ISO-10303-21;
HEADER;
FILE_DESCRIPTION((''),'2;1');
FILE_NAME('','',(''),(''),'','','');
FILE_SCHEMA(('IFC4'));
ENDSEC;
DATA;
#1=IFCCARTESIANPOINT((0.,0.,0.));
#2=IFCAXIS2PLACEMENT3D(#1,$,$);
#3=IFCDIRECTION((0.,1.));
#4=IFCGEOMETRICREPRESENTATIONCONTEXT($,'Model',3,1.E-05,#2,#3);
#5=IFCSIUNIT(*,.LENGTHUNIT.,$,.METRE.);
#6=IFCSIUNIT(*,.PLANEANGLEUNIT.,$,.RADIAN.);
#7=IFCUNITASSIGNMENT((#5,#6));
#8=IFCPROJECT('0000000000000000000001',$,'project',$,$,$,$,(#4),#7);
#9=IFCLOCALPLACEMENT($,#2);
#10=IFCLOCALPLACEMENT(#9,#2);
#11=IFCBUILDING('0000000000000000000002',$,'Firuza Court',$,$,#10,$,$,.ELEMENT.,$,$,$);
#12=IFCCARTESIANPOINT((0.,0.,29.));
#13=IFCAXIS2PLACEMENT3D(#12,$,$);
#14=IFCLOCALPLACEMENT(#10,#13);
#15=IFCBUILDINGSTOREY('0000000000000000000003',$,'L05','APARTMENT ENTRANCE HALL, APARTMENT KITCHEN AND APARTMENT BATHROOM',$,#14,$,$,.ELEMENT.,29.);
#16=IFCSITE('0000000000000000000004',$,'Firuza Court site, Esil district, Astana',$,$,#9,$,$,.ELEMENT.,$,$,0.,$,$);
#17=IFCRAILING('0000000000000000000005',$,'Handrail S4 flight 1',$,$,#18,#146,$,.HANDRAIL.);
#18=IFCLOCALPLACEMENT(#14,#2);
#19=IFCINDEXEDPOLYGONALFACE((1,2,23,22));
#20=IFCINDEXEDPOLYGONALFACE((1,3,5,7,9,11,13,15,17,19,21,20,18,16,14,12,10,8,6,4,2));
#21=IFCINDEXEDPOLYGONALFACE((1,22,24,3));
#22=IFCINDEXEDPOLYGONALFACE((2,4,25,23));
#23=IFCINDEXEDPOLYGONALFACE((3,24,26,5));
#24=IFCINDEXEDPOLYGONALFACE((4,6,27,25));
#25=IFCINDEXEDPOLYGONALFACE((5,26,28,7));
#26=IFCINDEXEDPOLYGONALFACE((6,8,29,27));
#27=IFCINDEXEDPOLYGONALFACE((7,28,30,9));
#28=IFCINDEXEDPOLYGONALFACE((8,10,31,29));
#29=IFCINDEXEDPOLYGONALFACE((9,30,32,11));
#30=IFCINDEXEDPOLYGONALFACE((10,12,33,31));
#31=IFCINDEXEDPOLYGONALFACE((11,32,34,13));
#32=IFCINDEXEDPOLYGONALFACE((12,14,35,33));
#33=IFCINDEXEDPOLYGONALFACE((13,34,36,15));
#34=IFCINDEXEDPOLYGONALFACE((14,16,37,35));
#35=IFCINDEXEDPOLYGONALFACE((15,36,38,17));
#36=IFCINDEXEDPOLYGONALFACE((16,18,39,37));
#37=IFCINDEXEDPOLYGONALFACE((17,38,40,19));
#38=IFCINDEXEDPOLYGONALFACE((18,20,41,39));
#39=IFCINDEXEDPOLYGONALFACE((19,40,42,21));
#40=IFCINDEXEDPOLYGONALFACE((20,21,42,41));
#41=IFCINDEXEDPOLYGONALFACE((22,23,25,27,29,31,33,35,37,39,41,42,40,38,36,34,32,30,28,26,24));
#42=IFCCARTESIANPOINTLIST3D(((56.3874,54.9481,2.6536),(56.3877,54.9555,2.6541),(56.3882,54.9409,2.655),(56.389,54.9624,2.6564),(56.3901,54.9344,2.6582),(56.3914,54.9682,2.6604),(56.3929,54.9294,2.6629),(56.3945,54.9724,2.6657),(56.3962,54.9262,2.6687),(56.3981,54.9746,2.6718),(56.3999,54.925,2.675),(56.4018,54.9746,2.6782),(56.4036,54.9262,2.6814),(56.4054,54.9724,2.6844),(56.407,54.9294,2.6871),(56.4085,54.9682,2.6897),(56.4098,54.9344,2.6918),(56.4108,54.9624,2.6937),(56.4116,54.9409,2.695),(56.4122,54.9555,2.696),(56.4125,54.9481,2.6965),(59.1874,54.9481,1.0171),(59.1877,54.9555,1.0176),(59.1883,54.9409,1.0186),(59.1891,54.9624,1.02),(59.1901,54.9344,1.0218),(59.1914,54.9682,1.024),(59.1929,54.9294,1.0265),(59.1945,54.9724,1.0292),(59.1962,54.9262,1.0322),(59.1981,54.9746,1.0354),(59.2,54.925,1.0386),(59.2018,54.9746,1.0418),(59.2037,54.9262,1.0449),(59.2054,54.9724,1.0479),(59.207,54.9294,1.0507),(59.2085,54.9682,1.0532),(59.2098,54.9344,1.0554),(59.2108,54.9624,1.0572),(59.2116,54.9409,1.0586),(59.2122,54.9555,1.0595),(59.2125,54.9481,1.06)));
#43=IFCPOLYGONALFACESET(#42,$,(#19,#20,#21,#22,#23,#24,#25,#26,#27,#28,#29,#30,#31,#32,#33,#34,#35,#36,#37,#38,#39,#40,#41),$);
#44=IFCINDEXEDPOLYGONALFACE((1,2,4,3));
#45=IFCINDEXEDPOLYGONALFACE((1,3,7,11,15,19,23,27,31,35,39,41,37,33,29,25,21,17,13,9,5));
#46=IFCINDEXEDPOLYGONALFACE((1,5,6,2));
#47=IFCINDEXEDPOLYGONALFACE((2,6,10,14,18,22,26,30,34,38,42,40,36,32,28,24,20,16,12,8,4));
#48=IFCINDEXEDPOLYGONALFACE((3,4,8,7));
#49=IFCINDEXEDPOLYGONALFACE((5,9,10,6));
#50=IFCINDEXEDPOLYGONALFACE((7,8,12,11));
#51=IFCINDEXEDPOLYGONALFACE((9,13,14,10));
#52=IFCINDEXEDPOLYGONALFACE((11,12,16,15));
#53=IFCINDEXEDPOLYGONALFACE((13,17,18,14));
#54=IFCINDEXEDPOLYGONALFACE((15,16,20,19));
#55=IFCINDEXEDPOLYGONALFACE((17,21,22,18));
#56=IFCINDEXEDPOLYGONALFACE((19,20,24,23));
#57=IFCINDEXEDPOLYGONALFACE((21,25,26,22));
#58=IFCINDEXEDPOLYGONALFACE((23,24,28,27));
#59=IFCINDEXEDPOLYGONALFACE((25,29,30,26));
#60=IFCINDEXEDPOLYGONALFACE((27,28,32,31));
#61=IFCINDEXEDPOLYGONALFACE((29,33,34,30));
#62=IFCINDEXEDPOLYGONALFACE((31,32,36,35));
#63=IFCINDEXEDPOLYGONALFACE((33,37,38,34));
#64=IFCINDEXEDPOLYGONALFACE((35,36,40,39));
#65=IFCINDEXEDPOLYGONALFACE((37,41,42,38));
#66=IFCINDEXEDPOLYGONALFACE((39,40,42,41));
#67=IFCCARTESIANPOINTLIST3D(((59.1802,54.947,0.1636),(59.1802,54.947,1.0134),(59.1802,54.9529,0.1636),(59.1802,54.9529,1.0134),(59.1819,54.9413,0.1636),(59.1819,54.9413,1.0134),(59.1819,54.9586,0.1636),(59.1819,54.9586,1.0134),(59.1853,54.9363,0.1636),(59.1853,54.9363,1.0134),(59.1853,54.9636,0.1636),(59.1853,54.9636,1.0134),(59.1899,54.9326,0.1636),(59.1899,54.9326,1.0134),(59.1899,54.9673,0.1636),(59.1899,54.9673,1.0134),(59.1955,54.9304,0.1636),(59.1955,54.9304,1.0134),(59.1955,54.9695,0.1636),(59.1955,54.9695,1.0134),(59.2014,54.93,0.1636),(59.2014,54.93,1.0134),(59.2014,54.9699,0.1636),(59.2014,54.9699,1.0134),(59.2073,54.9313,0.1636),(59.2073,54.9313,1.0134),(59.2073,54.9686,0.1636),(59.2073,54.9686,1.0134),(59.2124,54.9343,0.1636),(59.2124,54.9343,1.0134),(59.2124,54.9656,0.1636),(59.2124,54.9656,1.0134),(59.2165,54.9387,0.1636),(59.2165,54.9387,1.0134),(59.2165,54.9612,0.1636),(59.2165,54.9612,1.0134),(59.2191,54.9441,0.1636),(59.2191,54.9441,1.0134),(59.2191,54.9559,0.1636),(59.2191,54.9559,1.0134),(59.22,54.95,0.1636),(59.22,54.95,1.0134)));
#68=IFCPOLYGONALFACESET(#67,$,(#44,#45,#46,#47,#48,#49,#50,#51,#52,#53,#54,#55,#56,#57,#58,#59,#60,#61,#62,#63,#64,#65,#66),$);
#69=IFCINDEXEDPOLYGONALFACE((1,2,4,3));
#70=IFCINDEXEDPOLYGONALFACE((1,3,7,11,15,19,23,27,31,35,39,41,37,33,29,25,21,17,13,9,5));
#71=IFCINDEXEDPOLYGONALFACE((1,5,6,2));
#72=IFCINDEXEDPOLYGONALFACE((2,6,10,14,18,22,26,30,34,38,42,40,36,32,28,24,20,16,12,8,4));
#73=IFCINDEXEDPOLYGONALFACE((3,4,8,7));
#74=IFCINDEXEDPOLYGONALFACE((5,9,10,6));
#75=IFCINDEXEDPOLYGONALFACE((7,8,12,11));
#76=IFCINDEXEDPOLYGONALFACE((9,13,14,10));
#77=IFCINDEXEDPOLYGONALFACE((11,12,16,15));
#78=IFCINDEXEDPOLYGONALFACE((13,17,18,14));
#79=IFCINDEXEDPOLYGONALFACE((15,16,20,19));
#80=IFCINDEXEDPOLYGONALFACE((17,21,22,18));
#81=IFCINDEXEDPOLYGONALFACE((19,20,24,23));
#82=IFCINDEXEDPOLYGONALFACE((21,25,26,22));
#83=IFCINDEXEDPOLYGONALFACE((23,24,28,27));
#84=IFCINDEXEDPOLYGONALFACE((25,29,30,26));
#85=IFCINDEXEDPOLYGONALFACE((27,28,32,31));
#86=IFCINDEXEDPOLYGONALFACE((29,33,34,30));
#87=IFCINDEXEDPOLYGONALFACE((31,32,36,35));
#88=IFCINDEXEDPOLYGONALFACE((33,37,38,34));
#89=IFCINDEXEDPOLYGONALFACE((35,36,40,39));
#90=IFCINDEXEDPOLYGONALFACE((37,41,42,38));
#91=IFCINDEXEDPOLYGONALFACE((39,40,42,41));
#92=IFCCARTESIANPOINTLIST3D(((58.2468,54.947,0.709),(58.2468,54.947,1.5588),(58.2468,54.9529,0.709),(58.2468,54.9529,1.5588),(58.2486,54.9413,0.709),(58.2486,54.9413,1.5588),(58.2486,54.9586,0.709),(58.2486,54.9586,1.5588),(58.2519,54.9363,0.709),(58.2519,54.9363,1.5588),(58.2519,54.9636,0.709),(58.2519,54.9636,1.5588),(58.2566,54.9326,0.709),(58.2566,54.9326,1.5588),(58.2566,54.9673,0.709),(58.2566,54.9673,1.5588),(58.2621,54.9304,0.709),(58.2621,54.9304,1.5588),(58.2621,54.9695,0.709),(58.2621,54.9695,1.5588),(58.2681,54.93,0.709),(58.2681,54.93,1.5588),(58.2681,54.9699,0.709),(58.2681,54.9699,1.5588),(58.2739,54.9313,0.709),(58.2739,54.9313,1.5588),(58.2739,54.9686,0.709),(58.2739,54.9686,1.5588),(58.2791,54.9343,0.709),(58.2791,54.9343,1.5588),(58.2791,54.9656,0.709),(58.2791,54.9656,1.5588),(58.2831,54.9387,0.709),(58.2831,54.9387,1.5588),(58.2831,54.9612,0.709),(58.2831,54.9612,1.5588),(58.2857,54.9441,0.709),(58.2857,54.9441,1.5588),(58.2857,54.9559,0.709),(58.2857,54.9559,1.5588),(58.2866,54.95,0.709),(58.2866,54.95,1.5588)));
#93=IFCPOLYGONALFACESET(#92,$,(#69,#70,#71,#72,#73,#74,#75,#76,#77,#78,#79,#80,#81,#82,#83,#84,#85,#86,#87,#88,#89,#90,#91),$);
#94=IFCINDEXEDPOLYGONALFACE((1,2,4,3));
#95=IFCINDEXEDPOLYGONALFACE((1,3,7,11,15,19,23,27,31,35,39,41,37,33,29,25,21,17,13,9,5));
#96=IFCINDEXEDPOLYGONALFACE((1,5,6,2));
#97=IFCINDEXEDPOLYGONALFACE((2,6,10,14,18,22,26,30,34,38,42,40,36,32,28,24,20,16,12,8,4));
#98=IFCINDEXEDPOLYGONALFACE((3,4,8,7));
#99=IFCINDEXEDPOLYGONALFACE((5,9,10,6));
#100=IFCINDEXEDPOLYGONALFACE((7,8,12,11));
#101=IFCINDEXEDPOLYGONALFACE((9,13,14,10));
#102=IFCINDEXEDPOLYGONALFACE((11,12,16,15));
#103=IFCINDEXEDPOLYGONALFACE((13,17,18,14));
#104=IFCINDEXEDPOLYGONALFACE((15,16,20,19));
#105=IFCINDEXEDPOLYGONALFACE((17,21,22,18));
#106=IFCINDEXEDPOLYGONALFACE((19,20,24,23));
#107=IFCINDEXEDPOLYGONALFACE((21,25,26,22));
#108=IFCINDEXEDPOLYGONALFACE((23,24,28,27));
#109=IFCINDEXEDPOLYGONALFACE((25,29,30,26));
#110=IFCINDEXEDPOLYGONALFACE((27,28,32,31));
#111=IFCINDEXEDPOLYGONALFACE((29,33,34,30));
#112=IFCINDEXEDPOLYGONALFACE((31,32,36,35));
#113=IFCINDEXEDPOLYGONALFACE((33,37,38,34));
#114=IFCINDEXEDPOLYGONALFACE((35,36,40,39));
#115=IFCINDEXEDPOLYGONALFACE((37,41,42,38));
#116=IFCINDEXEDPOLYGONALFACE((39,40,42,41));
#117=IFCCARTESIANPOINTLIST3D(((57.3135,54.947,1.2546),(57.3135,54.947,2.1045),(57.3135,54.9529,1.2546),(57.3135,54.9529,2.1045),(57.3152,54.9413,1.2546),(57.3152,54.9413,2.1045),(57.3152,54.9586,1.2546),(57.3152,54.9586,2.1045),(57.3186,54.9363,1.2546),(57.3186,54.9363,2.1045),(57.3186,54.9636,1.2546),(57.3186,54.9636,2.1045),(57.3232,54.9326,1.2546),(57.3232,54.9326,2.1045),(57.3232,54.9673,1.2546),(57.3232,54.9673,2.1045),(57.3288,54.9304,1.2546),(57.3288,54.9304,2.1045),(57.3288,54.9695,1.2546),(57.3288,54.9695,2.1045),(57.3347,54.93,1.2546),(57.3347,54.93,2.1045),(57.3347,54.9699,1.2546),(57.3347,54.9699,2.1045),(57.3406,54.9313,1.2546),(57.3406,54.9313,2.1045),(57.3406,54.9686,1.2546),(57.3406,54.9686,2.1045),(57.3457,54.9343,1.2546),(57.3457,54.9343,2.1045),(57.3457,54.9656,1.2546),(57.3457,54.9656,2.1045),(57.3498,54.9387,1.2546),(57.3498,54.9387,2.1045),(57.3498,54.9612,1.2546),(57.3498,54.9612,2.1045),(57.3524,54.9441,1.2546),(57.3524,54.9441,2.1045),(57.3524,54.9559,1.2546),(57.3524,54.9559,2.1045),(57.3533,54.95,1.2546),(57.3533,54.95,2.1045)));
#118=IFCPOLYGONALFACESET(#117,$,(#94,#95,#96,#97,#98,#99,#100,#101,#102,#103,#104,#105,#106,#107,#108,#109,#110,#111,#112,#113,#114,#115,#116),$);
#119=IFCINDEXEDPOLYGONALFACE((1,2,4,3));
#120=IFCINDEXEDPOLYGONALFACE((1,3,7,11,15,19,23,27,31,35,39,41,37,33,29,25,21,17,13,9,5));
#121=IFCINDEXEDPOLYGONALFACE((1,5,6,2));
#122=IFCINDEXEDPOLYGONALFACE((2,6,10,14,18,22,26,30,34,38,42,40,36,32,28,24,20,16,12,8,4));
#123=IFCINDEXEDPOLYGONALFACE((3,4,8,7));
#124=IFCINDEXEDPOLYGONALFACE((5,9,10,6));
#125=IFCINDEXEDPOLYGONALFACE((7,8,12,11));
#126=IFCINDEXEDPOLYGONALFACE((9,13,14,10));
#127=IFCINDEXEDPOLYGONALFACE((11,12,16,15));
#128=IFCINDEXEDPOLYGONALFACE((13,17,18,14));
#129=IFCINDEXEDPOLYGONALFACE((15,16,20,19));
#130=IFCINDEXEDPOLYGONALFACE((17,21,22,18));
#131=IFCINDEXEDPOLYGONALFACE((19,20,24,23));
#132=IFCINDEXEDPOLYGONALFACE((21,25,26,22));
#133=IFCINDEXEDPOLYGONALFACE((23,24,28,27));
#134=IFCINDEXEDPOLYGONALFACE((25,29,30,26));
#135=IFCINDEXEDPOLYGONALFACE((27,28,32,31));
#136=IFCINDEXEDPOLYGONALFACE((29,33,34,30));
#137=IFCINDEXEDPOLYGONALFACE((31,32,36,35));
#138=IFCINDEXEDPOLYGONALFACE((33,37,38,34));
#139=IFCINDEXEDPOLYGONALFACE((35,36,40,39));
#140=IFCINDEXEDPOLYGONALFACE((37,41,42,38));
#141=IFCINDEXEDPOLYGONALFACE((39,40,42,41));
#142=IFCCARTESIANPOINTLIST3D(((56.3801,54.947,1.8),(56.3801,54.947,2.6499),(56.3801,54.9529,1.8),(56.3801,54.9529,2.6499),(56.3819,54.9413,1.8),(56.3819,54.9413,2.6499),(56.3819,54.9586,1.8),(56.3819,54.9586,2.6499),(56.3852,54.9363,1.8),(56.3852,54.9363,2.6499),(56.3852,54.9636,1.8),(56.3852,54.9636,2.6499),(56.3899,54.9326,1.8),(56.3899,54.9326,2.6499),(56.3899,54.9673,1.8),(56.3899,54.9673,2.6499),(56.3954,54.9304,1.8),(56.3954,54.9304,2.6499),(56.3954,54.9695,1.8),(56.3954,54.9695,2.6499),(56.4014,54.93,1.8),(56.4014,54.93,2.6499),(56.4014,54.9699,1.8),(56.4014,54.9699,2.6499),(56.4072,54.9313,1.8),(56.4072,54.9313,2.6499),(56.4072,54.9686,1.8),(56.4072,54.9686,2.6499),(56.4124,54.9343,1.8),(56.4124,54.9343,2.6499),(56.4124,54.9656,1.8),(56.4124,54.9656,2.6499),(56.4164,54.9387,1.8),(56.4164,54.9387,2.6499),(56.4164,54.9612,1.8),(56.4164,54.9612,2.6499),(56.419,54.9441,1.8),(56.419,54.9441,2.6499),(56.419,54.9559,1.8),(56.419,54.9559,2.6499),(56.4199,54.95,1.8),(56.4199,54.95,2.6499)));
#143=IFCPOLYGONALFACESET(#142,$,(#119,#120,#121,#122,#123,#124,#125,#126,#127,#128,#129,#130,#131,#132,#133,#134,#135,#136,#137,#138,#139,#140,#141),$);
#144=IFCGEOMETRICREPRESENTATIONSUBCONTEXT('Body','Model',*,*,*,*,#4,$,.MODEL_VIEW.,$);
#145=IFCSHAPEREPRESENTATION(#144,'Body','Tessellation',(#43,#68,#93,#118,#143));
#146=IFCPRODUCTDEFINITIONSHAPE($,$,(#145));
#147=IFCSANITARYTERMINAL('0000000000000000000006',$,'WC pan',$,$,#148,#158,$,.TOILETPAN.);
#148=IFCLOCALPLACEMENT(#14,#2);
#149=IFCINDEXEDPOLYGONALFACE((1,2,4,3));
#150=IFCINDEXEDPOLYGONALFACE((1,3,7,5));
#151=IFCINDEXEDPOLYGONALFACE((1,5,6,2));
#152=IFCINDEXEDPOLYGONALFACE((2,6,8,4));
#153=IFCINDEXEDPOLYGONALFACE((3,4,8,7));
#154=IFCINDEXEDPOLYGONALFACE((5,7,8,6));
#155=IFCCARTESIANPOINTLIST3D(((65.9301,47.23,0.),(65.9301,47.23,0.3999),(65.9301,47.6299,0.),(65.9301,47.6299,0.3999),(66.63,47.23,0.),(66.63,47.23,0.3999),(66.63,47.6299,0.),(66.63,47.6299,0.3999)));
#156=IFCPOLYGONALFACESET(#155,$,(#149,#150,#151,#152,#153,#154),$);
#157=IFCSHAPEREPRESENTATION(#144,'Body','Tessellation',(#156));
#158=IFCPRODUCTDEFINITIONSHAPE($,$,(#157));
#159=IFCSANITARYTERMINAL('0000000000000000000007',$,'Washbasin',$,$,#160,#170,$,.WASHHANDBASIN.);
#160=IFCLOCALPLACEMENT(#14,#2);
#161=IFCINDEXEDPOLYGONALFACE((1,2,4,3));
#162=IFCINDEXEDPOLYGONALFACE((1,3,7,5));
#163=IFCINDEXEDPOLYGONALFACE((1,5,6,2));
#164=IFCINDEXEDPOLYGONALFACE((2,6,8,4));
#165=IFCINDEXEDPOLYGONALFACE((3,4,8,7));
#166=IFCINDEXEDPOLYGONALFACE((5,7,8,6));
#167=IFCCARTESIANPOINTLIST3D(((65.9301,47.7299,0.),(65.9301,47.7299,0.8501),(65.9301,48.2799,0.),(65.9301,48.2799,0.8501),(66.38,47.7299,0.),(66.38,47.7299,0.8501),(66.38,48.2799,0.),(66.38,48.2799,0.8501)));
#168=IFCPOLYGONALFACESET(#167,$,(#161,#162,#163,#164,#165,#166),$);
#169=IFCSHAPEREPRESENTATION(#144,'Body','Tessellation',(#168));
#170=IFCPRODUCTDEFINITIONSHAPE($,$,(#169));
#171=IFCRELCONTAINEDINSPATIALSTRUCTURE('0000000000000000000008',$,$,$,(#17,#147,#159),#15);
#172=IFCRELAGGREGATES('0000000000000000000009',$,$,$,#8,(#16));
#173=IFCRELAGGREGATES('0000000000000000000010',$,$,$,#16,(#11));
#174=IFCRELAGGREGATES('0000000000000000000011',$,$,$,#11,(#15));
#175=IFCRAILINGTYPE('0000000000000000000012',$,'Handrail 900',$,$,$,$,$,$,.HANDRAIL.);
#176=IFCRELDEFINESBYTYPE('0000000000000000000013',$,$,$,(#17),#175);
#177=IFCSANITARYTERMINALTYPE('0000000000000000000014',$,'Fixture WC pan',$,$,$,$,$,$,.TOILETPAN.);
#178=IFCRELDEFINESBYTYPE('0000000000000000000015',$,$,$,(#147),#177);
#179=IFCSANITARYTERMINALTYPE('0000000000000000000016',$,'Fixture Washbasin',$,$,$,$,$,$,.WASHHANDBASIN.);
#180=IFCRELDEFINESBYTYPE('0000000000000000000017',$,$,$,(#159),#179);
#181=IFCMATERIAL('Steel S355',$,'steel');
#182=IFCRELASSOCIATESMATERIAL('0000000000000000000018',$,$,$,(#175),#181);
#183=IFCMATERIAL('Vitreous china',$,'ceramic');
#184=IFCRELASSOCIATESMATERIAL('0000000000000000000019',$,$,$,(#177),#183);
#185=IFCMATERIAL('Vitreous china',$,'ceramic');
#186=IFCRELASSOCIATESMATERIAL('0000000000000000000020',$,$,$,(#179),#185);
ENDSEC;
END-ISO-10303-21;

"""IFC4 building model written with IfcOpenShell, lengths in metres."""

from ifc_helpers import new_model, si_unit, direction, frame, origin, origin_2d, place, context, subcontext, project, spatial, rectangle, circle, extrude, material, type_object, element, save


model = new_model("IFC4")

# Units and contexts
model_context = context("Model", 3, precision=1e-05, world=origin(), true_north=direction((0.0, 1.0)))
body_context = subcontext(model_context, "Body", "Model", "MODEL_VIEW")
ifc_project = project(units=[si_unit("LENGTHUNIT", "METRE"), si_unit("PLANEANGLEUNIT", "RADIAN")], contexts=[model_context])

# Site, building, storey
site_placement = place(None, origin())
site = spatial("IfcSite", under=ifc_project, at=site_placement, Name="Firuza Court site, Esil district, Astana", CompositionType="ELEMENT", RefElevation=0.0)
building_placement = place(site_placement, origin())
building = spatial("IfcBuilding", under=site, at=building_placement, Name="Firuza Court", CompositionType="ELEMENT")
storey_placement = place(building_placement, frame((0.0, 0.0, 29.0)))
storey = spatial("IfcBuildingStorey", under=building, at=storey_placement, Name="L05", Description="APARTMENT ENTRANCE HALL, APARTMENT KITCHEN AND APARTMENT BATHROOM", CompositionType="ELEMENT", Elevation=29.0)

# Railing
ifc_material_1 = material(Name="Steel S355", Category="steel")
railing_type_1 = type_object("IfcRailingType", Name="Handrail 900", PredefinedType="HANDRAIL", material=ifc_material_1)
railing_1_placement = place(storey_placement, frame((59.2, 54.95, 0.1636)))
element("IfcRailing", 1, at=railing_1_placement, inside=storey, type_object=railing_type_1, Name="Handrail S4 flight 1", PredefinedType="HANDRAIL", context=body_context, shape_type="SweptSolid", body=[
    extrude(circle(Radius=0.0249, at=origin_2d()), frame((0.0, 0.0, 0.875), z_axis=(-0.863361, 0.0, 0.504587), x_axis=(0.0, -1.0, 0.0)), (0.0, 0.0, 1.0), 3.2432),
    extrude(circle(Radius=0.02, at=origin_2d()), origin(), (0.0, 0.0, 1.0), 0.8499),
    extrude(circle(Radius=0.02, at=origin_2d()), frame((-0.9333, 0.0, 0.5454)), (0.0, 0.0, 1.0), 0.8499),
    extrude(circle(Radius=0.02, at=origin_2d()), frame((-1.8667, 0.0, 1.0911)), (0.0, 0.0, 1.0), 0.8499),
    extrude(circle(Radius=0.02, at=origin_2d()), frame((-2.8, 0.0, 1.6365)), (0.0, 0.0, 1.0), 0.8499),
])

# Sanitary terminals
ifc_material_2 = material(Name="Vitreous china", Category="ceramic")
sanitary_terminal_type_1 = type_object("IfcSanitaryTerminalType", Name="Fixture WC pan", PredefinedType="TOILETPAN", material=ifc_material_2)
sanitary_terminal_1_placement = place(storey_placement, frame((66.28, 47.4299, 0.0), z_axis=(0.0, 0.0, 1.0), x_axis=(1.0, 0.0, 0.0)))
element("IfcSanitaryTerminal", 2, at=sanitary_terminal_1_placement, inside=storey, type_object=sanitary_terminal_type_1, Name="WC pan", PredefinedType="TOILETPAN", context=body_context, shape_type="SweptSolid", body=[
    extrude(rectangle(XDim=0.7, YDim=0.3999, at=origin_2d()), origin(), (0.0, 0.0, 1.0), 0.3999),
])
ifc_material_3 = material(Name="Vitreous china", Category="ceramic")
sanitary_terminal_type_2 = type_object("IfcSanitaryTerminalType", Name="Fixture Washbasin", PredefinedType="WASHHANDBASIN", material=ifc_material_3)
sanitary_terminal_2_placement = place(storey_placement, frame((66.155, 48.0049, 0.0), z_axis=(0.0, 0.0, 1.0), x_axis=(1.0, 0.0, 0.0)))
element("IfcSanitaryTerminal", 3, at=sanitary_terminal_2_placement, inside=storey, type_object=sanitary_terminal_type_2, Name="Washbasin", PredefinedType="WASHHANDBASIN", context=body_context, shape_type="SweptSolid", body=[
    extrude(rectangle(XDim=0.45, YDim=0.55, at=origin_2d()), origin(), (0.0, 0.0, 1.0), 0.8501),
])

save(model, "model.ifc")
